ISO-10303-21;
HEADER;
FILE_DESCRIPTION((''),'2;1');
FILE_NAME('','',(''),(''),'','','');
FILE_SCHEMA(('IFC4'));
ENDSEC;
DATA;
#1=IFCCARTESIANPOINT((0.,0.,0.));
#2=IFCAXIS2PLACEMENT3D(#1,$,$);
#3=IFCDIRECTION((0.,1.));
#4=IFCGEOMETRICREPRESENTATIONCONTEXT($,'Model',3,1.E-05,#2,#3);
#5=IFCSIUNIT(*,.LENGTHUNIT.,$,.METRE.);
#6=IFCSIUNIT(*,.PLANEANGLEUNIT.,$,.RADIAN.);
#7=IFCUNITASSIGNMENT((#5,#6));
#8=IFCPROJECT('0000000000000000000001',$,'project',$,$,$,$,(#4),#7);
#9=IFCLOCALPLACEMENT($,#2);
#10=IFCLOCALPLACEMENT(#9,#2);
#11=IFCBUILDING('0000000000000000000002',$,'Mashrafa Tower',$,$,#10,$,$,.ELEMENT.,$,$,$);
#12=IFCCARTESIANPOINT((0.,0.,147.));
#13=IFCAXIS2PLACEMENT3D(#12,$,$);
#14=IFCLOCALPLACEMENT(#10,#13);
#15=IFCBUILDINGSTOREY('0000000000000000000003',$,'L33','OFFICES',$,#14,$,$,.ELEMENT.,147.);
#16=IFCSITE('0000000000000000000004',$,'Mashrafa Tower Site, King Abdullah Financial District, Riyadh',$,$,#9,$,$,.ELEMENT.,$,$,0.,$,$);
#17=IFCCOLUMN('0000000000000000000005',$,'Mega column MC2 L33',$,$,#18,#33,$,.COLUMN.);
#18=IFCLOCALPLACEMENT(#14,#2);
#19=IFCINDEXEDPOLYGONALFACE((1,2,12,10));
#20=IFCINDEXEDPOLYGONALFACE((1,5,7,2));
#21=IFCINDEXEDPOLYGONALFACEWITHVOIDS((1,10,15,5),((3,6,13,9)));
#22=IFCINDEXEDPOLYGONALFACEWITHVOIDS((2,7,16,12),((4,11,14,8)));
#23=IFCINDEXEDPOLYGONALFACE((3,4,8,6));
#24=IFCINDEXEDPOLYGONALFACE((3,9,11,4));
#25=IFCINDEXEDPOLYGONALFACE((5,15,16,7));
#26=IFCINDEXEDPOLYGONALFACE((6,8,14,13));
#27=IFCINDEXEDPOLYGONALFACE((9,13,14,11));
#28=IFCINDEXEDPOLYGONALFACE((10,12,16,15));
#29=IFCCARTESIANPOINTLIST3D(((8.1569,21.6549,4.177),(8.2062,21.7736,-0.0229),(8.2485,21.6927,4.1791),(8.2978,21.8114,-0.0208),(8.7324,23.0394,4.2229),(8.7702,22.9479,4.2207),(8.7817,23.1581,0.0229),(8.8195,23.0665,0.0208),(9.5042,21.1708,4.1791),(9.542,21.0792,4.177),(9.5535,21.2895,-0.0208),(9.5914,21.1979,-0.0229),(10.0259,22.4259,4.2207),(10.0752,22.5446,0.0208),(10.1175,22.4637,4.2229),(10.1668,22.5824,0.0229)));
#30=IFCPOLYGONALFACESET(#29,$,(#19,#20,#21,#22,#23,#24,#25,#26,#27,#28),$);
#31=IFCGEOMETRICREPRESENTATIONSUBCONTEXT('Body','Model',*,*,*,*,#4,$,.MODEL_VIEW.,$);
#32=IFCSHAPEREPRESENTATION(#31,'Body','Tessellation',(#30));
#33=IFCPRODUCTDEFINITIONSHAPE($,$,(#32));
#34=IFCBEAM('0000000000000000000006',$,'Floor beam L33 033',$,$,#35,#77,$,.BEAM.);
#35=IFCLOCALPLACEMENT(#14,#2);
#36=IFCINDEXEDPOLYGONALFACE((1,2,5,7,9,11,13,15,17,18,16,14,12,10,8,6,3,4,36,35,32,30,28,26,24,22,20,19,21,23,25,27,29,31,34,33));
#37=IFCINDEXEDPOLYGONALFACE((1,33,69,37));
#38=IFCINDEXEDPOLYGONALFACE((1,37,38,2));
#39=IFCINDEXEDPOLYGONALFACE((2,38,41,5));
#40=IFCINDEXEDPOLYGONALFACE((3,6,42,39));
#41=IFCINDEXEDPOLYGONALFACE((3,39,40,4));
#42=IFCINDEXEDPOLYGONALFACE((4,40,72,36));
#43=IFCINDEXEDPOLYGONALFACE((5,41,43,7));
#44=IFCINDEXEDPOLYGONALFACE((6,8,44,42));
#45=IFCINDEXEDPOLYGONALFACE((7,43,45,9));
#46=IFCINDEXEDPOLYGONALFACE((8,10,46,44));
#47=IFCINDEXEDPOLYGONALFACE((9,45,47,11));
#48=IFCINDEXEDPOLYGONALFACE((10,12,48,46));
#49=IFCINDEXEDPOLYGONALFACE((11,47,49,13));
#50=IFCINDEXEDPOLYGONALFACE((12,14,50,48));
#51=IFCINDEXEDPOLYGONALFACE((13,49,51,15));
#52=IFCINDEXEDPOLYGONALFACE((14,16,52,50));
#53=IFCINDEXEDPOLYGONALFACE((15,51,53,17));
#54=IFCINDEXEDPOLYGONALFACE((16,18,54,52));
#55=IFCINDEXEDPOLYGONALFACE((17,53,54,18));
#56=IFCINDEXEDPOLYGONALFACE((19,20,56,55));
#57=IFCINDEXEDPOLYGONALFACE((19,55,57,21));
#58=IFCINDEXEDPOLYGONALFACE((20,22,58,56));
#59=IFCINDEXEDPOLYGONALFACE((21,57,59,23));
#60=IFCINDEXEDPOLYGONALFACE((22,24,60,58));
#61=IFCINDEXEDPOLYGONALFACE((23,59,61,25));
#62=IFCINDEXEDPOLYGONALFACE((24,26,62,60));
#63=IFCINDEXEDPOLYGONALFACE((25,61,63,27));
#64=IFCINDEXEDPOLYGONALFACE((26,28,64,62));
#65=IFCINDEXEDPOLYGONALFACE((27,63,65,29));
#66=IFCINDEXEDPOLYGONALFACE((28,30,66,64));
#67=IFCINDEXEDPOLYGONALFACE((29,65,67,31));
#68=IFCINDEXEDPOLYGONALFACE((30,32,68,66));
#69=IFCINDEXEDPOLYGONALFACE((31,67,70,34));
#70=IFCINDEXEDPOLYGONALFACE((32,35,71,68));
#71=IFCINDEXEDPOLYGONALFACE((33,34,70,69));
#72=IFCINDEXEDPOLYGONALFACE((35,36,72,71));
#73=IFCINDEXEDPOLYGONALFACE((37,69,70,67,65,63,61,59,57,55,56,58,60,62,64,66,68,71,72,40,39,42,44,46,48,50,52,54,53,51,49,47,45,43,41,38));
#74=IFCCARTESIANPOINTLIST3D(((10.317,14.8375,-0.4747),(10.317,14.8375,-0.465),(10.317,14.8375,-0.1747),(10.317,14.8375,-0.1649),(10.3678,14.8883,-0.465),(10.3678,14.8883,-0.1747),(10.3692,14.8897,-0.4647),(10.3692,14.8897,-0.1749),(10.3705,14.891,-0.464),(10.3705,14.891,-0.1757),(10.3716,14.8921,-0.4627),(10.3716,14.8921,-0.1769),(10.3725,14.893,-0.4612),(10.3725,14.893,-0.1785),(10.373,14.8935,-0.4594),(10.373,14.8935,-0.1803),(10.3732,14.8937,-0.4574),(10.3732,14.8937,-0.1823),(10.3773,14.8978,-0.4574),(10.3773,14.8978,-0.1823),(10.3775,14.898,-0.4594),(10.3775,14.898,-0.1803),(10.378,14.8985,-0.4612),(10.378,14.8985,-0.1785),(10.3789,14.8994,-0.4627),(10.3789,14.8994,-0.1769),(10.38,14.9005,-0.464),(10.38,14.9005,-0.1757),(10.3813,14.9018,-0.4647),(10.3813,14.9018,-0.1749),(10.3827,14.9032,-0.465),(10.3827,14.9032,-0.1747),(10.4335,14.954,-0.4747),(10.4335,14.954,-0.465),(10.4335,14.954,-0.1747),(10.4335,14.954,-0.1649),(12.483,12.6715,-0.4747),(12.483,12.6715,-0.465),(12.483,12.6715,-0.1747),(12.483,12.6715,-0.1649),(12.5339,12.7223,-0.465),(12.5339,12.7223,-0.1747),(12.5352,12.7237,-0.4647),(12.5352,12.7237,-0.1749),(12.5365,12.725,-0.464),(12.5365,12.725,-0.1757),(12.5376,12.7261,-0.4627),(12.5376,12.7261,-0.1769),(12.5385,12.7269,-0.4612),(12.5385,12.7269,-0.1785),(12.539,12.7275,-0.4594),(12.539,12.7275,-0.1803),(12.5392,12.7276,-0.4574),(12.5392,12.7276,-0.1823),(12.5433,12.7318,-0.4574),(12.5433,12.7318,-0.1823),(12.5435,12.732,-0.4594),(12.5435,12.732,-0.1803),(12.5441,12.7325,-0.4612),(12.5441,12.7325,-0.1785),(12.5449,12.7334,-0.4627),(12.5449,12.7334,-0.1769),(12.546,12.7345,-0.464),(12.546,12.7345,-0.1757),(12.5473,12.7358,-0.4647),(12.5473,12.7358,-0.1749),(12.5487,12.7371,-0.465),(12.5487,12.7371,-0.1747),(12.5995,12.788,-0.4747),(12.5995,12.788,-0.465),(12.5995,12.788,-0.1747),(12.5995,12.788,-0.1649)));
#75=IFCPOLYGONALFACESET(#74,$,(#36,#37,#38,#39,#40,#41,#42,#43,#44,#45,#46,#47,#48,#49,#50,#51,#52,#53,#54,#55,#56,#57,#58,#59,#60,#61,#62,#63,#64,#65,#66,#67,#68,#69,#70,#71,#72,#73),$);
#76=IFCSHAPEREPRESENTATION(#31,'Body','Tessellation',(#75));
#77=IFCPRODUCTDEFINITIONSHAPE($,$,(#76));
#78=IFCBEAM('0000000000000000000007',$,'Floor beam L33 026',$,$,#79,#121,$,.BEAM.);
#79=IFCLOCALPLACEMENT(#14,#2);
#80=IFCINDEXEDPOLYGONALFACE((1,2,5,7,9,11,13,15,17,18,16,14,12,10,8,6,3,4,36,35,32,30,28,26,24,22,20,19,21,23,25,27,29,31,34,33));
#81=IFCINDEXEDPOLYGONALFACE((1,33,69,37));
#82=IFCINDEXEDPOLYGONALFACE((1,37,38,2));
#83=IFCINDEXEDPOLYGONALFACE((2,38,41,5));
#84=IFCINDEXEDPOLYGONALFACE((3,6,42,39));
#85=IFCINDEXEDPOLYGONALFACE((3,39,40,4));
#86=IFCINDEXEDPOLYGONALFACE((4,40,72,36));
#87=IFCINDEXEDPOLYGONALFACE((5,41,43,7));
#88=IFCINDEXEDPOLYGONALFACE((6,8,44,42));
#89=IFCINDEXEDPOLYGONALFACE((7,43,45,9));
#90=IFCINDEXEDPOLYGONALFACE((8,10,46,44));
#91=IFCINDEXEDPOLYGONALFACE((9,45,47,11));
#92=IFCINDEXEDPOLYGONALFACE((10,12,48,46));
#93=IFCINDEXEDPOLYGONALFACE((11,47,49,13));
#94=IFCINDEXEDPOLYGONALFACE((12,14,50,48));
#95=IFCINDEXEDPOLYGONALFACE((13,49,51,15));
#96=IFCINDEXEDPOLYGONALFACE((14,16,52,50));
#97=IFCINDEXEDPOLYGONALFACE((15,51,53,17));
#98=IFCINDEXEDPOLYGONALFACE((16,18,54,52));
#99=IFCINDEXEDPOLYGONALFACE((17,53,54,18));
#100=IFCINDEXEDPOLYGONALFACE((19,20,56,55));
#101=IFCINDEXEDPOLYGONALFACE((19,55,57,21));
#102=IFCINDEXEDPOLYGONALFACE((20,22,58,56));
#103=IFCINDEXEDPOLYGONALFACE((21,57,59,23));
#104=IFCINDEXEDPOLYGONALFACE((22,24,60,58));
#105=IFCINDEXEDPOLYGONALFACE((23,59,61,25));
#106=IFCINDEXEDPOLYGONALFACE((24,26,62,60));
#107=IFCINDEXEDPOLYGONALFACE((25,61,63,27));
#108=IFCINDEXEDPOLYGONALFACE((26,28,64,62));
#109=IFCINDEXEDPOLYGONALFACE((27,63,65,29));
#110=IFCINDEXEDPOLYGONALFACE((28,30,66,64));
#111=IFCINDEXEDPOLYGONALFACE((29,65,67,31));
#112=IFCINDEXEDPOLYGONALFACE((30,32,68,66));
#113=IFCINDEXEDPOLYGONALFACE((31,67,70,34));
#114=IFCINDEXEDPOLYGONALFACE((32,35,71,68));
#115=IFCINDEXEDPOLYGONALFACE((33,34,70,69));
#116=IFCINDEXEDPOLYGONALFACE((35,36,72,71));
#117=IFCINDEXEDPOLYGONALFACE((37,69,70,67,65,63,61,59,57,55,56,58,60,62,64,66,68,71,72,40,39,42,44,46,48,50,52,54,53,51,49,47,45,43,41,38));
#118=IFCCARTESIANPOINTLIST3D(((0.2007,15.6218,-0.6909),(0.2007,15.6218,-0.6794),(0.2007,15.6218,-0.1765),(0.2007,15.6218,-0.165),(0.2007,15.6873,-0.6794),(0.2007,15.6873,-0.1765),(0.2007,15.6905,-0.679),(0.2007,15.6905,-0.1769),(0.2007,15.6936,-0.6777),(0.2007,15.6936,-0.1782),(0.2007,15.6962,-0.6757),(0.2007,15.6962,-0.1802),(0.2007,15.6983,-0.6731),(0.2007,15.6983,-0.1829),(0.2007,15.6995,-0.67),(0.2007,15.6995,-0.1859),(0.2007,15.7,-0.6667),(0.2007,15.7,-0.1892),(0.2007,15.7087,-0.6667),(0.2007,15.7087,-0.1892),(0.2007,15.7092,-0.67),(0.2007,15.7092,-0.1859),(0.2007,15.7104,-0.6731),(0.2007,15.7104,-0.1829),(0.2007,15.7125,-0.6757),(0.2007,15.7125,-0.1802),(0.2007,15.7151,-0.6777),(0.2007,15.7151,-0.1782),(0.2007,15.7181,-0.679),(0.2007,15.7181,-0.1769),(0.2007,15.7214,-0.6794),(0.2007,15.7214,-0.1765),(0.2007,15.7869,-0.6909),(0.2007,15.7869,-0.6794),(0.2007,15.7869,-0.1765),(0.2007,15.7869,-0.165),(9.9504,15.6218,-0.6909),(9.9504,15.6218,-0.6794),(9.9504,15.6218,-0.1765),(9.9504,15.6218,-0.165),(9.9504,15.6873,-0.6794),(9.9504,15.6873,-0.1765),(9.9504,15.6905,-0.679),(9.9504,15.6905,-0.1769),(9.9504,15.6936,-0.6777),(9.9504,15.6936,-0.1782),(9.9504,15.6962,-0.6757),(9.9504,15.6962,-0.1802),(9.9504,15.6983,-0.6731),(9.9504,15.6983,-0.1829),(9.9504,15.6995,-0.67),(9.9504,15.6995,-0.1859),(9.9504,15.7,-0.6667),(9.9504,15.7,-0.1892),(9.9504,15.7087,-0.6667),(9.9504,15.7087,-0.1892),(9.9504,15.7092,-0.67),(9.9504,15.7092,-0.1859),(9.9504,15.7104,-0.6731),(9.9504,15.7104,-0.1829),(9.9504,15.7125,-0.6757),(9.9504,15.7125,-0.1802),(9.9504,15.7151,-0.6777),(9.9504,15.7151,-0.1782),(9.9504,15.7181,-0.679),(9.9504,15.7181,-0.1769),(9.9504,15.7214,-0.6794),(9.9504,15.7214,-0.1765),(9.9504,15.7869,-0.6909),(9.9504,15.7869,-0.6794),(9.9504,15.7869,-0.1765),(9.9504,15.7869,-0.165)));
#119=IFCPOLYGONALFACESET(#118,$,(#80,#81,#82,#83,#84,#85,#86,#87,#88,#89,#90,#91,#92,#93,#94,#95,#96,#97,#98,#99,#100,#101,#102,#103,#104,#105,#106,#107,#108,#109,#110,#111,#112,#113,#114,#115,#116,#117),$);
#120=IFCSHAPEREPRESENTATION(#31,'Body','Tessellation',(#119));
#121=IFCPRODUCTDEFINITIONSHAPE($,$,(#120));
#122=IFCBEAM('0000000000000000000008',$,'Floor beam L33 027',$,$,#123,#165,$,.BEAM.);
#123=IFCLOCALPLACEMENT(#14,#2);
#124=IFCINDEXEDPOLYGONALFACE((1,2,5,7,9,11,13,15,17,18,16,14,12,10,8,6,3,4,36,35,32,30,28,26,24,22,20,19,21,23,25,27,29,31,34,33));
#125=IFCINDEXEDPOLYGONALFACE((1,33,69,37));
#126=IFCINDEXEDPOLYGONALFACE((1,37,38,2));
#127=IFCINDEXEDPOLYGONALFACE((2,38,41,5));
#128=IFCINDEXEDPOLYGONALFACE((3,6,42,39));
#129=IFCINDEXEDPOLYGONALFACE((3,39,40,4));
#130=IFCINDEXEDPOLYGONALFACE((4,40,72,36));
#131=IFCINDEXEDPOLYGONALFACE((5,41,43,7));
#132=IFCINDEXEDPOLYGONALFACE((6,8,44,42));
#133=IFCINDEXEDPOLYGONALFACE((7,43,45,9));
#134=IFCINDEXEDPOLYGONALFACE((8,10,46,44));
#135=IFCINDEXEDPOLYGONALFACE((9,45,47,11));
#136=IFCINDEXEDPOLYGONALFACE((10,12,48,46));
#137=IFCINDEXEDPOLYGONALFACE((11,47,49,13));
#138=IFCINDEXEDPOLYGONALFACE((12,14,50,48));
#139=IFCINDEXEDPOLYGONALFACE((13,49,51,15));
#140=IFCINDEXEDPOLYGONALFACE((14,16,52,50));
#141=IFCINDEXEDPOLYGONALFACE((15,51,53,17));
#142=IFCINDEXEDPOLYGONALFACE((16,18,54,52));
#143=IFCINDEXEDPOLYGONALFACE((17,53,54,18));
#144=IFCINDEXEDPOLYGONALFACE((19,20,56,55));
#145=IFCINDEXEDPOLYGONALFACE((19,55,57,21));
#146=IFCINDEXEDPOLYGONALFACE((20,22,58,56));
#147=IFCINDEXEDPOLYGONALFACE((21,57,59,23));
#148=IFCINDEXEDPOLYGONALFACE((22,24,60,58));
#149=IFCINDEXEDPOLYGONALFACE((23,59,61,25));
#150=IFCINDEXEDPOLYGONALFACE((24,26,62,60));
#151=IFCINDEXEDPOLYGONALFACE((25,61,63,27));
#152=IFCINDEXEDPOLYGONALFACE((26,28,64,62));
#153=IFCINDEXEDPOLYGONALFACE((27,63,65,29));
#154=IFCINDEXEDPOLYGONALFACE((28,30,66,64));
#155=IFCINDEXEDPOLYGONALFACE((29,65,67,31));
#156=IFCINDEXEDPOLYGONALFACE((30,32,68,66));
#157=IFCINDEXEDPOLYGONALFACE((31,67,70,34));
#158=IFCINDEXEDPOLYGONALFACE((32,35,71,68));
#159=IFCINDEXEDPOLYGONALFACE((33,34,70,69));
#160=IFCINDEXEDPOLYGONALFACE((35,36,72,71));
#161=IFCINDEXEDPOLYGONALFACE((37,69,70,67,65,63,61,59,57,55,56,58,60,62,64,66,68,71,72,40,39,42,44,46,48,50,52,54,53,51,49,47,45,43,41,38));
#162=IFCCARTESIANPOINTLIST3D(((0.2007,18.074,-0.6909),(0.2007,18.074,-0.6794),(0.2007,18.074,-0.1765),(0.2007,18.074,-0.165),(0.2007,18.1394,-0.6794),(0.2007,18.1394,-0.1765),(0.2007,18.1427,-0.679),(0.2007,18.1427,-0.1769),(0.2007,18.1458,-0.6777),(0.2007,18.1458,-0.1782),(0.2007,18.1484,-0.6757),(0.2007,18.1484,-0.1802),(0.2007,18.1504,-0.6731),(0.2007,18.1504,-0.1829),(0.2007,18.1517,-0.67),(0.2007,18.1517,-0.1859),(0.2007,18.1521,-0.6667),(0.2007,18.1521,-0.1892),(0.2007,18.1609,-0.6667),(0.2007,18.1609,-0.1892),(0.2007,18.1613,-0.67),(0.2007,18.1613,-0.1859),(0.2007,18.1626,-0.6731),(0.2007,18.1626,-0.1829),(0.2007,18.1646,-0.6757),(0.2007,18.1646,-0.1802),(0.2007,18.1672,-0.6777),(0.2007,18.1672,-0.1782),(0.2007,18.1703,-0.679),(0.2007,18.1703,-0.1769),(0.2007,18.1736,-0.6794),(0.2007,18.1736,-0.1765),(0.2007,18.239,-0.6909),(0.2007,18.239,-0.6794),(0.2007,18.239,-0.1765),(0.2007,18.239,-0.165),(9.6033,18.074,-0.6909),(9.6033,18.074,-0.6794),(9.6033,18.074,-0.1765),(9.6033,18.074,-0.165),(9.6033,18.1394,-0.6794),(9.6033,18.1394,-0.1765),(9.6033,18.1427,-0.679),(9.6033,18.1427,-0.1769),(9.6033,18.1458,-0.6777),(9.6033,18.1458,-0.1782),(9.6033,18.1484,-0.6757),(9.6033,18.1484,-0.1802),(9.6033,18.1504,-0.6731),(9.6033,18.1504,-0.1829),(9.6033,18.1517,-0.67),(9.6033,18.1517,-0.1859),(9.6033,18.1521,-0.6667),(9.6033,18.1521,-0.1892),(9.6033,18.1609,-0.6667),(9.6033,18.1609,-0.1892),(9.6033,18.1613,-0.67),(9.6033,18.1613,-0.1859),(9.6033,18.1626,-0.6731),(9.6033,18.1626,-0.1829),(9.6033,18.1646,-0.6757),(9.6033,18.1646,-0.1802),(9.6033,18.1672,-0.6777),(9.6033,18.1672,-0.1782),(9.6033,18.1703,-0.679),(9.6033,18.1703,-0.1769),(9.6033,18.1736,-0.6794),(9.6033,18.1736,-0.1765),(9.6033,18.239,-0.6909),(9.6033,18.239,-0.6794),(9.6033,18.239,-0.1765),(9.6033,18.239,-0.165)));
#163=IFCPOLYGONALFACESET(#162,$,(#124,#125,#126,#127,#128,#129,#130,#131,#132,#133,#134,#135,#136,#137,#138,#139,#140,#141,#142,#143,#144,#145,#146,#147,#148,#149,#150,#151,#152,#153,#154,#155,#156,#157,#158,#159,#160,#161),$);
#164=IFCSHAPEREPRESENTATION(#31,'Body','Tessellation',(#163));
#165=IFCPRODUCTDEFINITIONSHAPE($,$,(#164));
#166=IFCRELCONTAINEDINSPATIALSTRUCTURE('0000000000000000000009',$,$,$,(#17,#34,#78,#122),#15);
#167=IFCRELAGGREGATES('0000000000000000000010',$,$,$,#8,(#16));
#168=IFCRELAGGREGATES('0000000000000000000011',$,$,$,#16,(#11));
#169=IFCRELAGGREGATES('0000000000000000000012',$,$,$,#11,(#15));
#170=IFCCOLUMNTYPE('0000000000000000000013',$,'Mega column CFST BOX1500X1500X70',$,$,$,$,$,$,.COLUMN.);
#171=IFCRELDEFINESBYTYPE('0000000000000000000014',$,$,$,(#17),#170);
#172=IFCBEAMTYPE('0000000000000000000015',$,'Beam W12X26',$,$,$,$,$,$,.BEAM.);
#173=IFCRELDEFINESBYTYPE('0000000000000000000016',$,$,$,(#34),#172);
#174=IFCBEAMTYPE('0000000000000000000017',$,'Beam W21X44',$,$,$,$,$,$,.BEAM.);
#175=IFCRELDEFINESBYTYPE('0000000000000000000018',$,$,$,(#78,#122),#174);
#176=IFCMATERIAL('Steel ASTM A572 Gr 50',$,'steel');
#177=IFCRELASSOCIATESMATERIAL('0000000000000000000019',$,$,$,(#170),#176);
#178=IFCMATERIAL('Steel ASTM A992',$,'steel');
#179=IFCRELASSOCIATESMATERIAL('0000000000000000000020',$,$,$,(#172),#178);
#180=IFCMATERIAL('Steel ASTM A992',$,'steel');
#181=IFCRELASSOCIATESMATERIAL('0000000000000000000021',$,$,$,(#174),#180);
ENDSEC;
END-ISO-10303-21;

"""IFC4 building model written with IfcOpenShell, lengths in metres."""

from ifc_helpers import new_model, si_unit, direction, frame, origin, origin_2d, place, context, subcontext, project, spatial, hollow_rectangle, i_section, extrude, material, material_profile, profile_set, type_object, element, save


model = new_model("IFC4")

# Units and contexts
model_context = context("Model", 3, precision=1e-05, world=origin(), true_north=direction((0.0, 1.0)))
body_context = subcontext(model_context, "Body", "Model", "MODEL_VIEW")
ifc_project = project(units=[si_unit("LENGTHUNIT", "METRE"), si_unit("PLANEANGLEUNIT", "RADIAN")], contexts=[model_context])

# Site, building, storey
site_placement = place(None, origin())
site = spatial("IfcSite", under=ifc_project, at=site_placement, Name="Mashrafa Tower Site, King Abdullah Financial District, Riyadh", CompositionType="ELEMENT", RefElevation=0.0)
building_placement = place(site_placement, origin())
building = spatial("IfcBuilding", under=site, at=building_placement, Name="Mashrafa Tower", CompositionType="ELEMENT")
storey_placement = place(building_placement, frame((0.0, 0.0, 147.0)))
storey = spatial("IfcBuildingStorey", under=building, at=storey_placement, Name="L33", Description="OFFICES", CompositionType="ELEMENT", Elevation=147.0)

# Column
ifc_material_1 = material(Name="Steel ASTM A572 Gr 50", Category="steel")
ifc_material_profile_1 = material_profile(ifc_material_1, hollow_rectangle(XDim=1.5, YDim=1.5, WallThickness=0.0701, at=origin_2d()), Name="BOX1500X1500X70")
ifc_profile_set_1 = profile_set([ifc_material_profile_1], Name="Steel ASTM A572 Gr 50")
column_type = type_object("IfcColumnType", Name="Mega column CFST BOX1500X1500X70", PredefinedType="COLUMN", material=ifc_profile_set_1)
column_placement = place(storey_placement, frame((9.1865, 22.178, 0.0), z_axis=(-0.011737, -0.028238, 0.999532), x_axis=(0.923414, -0.383806, 0.0)))
element("IfcColumn", 1, at=column_placement, inside=storey, type_object=column_type, Name="Mega column MC2 L33", PredefinedType="COLUMN", context=body_context, shape_type="SweptSolid", body=[
    extrude(hollow_rectangle(XDim=1.5, YDim=1.5, WallThickness=0.0701, at=origin_2d()), origin(), (0.0, 0.0, 1.0), 4.2019),
])

# Beams
ifc_material_2 = material(Name="Steel ASTM A992", Category="steel")
ifc_material_profile_2 = material_profile(ifc_material_2, i_section(OverallWidth=0.1648, OverallDepth=0.3098, WebThickness=0.0059, FlangeThickness=0.0098, FilletRadius=0.0076, at=origin_2d()), Name="W12X26")
ifc_profile_set_2 = profile_set([ifc_material_profile_2], Name="Steel ASTM A992")
beam_type_1 = type_object("IfcBeamType", Name="Beam W12X26", PredefinedType="BEAM", material=ifc_profile_set_2)
beam_1_placement = place(storey_placement, frame((10.3752, 14.8958, -0.3198), z_axis=(0.707107, -0.707107, 0.0), x_axis=(0.707107, 0.707107, 0.0)))
element("IfcBeam", 2, at=beam_1_placement, inside=storey, type_object=beam_type_1, Name="Floor beam L33 033", PredefinedType="BEAM", context=body_context, shape_type="SweptSolid", body=[
    extrude(i_section(OverallWidth=0.1648, OverallDepth=0.3098, WebThickness=0.0059, FlangeThickness=0.0098, FilletRadius=0.0076, at=origin_2d()), origin(), (0.0, 0.0, 1.0), 3.0632),
])
ifc_material_3 = material(Name="Steel ASTM A992", Category="steel")
ifc_material_profile_3 = material_profile(ifc_material_3, i_section(OverallWidth=0.165, OverallDepth=0.5259, WebThickness=0.0088, FlangeThickness=0.0115, FilletRadius=0.0127, at=origin_2d()), Name="W21X44")
ifc_profile_set_3 = profile_set([ifc_material_profile_3], Name="Steel ASTM A992")
beam_type_2 = type_object("IfcBeamType", Name="Beam W21X44", PredefinedType="BEAM", material=ifc_profile_set_3)
beam_2_placement = place(storey_placement, frame((0.2007, 15.7043, -0.428), z_axis=(1.0, 0.0, 0.0), x_axis=(0.0, 1.0, 0.0)))
element("IfcBeam", 3, at=beam_2_placement, inside=storey, type_object=beam_type_2, Name="Floor beam L33 026", PredefinedType="BEAM", context=body_context, shape_type="SweptSolid", body=[
    extrude(i_section(OverallWidth=0.165, OverallDepth=0.5259, WebThickness=0.0088, FlangeThickness=0.0115, FilletRadius=0.0127, at=origin_2d()), origin(), (0.0, 0.0, 1.0), 9.7498),
])
beam_3_placement = place(storey_placement, frame((0.2007, 18.1565, -0.428), z_axis=(1.0, 0.0, 0.0), x_axis=(0.0, 1.0, 0.0)))
element("IfcBeam", 4, at=beam_3_placement, inside=storey, type_object=beam_type_2, Name="Floor beam L33 027", PredefinedType="BEAM", context=body_context, shape_type="SweptSolid", body=[
    extrude(i_section(OverallWidth=0.165, OverallDepth=0.5259, WebThickness=0.0088, FlangeThickness=0.0115, FilletRadius=0.0127, at=origin_2d()), origin(), (0.0, 0.0, 1.0), 9.4026),
])

save(model, "model.ifc")
